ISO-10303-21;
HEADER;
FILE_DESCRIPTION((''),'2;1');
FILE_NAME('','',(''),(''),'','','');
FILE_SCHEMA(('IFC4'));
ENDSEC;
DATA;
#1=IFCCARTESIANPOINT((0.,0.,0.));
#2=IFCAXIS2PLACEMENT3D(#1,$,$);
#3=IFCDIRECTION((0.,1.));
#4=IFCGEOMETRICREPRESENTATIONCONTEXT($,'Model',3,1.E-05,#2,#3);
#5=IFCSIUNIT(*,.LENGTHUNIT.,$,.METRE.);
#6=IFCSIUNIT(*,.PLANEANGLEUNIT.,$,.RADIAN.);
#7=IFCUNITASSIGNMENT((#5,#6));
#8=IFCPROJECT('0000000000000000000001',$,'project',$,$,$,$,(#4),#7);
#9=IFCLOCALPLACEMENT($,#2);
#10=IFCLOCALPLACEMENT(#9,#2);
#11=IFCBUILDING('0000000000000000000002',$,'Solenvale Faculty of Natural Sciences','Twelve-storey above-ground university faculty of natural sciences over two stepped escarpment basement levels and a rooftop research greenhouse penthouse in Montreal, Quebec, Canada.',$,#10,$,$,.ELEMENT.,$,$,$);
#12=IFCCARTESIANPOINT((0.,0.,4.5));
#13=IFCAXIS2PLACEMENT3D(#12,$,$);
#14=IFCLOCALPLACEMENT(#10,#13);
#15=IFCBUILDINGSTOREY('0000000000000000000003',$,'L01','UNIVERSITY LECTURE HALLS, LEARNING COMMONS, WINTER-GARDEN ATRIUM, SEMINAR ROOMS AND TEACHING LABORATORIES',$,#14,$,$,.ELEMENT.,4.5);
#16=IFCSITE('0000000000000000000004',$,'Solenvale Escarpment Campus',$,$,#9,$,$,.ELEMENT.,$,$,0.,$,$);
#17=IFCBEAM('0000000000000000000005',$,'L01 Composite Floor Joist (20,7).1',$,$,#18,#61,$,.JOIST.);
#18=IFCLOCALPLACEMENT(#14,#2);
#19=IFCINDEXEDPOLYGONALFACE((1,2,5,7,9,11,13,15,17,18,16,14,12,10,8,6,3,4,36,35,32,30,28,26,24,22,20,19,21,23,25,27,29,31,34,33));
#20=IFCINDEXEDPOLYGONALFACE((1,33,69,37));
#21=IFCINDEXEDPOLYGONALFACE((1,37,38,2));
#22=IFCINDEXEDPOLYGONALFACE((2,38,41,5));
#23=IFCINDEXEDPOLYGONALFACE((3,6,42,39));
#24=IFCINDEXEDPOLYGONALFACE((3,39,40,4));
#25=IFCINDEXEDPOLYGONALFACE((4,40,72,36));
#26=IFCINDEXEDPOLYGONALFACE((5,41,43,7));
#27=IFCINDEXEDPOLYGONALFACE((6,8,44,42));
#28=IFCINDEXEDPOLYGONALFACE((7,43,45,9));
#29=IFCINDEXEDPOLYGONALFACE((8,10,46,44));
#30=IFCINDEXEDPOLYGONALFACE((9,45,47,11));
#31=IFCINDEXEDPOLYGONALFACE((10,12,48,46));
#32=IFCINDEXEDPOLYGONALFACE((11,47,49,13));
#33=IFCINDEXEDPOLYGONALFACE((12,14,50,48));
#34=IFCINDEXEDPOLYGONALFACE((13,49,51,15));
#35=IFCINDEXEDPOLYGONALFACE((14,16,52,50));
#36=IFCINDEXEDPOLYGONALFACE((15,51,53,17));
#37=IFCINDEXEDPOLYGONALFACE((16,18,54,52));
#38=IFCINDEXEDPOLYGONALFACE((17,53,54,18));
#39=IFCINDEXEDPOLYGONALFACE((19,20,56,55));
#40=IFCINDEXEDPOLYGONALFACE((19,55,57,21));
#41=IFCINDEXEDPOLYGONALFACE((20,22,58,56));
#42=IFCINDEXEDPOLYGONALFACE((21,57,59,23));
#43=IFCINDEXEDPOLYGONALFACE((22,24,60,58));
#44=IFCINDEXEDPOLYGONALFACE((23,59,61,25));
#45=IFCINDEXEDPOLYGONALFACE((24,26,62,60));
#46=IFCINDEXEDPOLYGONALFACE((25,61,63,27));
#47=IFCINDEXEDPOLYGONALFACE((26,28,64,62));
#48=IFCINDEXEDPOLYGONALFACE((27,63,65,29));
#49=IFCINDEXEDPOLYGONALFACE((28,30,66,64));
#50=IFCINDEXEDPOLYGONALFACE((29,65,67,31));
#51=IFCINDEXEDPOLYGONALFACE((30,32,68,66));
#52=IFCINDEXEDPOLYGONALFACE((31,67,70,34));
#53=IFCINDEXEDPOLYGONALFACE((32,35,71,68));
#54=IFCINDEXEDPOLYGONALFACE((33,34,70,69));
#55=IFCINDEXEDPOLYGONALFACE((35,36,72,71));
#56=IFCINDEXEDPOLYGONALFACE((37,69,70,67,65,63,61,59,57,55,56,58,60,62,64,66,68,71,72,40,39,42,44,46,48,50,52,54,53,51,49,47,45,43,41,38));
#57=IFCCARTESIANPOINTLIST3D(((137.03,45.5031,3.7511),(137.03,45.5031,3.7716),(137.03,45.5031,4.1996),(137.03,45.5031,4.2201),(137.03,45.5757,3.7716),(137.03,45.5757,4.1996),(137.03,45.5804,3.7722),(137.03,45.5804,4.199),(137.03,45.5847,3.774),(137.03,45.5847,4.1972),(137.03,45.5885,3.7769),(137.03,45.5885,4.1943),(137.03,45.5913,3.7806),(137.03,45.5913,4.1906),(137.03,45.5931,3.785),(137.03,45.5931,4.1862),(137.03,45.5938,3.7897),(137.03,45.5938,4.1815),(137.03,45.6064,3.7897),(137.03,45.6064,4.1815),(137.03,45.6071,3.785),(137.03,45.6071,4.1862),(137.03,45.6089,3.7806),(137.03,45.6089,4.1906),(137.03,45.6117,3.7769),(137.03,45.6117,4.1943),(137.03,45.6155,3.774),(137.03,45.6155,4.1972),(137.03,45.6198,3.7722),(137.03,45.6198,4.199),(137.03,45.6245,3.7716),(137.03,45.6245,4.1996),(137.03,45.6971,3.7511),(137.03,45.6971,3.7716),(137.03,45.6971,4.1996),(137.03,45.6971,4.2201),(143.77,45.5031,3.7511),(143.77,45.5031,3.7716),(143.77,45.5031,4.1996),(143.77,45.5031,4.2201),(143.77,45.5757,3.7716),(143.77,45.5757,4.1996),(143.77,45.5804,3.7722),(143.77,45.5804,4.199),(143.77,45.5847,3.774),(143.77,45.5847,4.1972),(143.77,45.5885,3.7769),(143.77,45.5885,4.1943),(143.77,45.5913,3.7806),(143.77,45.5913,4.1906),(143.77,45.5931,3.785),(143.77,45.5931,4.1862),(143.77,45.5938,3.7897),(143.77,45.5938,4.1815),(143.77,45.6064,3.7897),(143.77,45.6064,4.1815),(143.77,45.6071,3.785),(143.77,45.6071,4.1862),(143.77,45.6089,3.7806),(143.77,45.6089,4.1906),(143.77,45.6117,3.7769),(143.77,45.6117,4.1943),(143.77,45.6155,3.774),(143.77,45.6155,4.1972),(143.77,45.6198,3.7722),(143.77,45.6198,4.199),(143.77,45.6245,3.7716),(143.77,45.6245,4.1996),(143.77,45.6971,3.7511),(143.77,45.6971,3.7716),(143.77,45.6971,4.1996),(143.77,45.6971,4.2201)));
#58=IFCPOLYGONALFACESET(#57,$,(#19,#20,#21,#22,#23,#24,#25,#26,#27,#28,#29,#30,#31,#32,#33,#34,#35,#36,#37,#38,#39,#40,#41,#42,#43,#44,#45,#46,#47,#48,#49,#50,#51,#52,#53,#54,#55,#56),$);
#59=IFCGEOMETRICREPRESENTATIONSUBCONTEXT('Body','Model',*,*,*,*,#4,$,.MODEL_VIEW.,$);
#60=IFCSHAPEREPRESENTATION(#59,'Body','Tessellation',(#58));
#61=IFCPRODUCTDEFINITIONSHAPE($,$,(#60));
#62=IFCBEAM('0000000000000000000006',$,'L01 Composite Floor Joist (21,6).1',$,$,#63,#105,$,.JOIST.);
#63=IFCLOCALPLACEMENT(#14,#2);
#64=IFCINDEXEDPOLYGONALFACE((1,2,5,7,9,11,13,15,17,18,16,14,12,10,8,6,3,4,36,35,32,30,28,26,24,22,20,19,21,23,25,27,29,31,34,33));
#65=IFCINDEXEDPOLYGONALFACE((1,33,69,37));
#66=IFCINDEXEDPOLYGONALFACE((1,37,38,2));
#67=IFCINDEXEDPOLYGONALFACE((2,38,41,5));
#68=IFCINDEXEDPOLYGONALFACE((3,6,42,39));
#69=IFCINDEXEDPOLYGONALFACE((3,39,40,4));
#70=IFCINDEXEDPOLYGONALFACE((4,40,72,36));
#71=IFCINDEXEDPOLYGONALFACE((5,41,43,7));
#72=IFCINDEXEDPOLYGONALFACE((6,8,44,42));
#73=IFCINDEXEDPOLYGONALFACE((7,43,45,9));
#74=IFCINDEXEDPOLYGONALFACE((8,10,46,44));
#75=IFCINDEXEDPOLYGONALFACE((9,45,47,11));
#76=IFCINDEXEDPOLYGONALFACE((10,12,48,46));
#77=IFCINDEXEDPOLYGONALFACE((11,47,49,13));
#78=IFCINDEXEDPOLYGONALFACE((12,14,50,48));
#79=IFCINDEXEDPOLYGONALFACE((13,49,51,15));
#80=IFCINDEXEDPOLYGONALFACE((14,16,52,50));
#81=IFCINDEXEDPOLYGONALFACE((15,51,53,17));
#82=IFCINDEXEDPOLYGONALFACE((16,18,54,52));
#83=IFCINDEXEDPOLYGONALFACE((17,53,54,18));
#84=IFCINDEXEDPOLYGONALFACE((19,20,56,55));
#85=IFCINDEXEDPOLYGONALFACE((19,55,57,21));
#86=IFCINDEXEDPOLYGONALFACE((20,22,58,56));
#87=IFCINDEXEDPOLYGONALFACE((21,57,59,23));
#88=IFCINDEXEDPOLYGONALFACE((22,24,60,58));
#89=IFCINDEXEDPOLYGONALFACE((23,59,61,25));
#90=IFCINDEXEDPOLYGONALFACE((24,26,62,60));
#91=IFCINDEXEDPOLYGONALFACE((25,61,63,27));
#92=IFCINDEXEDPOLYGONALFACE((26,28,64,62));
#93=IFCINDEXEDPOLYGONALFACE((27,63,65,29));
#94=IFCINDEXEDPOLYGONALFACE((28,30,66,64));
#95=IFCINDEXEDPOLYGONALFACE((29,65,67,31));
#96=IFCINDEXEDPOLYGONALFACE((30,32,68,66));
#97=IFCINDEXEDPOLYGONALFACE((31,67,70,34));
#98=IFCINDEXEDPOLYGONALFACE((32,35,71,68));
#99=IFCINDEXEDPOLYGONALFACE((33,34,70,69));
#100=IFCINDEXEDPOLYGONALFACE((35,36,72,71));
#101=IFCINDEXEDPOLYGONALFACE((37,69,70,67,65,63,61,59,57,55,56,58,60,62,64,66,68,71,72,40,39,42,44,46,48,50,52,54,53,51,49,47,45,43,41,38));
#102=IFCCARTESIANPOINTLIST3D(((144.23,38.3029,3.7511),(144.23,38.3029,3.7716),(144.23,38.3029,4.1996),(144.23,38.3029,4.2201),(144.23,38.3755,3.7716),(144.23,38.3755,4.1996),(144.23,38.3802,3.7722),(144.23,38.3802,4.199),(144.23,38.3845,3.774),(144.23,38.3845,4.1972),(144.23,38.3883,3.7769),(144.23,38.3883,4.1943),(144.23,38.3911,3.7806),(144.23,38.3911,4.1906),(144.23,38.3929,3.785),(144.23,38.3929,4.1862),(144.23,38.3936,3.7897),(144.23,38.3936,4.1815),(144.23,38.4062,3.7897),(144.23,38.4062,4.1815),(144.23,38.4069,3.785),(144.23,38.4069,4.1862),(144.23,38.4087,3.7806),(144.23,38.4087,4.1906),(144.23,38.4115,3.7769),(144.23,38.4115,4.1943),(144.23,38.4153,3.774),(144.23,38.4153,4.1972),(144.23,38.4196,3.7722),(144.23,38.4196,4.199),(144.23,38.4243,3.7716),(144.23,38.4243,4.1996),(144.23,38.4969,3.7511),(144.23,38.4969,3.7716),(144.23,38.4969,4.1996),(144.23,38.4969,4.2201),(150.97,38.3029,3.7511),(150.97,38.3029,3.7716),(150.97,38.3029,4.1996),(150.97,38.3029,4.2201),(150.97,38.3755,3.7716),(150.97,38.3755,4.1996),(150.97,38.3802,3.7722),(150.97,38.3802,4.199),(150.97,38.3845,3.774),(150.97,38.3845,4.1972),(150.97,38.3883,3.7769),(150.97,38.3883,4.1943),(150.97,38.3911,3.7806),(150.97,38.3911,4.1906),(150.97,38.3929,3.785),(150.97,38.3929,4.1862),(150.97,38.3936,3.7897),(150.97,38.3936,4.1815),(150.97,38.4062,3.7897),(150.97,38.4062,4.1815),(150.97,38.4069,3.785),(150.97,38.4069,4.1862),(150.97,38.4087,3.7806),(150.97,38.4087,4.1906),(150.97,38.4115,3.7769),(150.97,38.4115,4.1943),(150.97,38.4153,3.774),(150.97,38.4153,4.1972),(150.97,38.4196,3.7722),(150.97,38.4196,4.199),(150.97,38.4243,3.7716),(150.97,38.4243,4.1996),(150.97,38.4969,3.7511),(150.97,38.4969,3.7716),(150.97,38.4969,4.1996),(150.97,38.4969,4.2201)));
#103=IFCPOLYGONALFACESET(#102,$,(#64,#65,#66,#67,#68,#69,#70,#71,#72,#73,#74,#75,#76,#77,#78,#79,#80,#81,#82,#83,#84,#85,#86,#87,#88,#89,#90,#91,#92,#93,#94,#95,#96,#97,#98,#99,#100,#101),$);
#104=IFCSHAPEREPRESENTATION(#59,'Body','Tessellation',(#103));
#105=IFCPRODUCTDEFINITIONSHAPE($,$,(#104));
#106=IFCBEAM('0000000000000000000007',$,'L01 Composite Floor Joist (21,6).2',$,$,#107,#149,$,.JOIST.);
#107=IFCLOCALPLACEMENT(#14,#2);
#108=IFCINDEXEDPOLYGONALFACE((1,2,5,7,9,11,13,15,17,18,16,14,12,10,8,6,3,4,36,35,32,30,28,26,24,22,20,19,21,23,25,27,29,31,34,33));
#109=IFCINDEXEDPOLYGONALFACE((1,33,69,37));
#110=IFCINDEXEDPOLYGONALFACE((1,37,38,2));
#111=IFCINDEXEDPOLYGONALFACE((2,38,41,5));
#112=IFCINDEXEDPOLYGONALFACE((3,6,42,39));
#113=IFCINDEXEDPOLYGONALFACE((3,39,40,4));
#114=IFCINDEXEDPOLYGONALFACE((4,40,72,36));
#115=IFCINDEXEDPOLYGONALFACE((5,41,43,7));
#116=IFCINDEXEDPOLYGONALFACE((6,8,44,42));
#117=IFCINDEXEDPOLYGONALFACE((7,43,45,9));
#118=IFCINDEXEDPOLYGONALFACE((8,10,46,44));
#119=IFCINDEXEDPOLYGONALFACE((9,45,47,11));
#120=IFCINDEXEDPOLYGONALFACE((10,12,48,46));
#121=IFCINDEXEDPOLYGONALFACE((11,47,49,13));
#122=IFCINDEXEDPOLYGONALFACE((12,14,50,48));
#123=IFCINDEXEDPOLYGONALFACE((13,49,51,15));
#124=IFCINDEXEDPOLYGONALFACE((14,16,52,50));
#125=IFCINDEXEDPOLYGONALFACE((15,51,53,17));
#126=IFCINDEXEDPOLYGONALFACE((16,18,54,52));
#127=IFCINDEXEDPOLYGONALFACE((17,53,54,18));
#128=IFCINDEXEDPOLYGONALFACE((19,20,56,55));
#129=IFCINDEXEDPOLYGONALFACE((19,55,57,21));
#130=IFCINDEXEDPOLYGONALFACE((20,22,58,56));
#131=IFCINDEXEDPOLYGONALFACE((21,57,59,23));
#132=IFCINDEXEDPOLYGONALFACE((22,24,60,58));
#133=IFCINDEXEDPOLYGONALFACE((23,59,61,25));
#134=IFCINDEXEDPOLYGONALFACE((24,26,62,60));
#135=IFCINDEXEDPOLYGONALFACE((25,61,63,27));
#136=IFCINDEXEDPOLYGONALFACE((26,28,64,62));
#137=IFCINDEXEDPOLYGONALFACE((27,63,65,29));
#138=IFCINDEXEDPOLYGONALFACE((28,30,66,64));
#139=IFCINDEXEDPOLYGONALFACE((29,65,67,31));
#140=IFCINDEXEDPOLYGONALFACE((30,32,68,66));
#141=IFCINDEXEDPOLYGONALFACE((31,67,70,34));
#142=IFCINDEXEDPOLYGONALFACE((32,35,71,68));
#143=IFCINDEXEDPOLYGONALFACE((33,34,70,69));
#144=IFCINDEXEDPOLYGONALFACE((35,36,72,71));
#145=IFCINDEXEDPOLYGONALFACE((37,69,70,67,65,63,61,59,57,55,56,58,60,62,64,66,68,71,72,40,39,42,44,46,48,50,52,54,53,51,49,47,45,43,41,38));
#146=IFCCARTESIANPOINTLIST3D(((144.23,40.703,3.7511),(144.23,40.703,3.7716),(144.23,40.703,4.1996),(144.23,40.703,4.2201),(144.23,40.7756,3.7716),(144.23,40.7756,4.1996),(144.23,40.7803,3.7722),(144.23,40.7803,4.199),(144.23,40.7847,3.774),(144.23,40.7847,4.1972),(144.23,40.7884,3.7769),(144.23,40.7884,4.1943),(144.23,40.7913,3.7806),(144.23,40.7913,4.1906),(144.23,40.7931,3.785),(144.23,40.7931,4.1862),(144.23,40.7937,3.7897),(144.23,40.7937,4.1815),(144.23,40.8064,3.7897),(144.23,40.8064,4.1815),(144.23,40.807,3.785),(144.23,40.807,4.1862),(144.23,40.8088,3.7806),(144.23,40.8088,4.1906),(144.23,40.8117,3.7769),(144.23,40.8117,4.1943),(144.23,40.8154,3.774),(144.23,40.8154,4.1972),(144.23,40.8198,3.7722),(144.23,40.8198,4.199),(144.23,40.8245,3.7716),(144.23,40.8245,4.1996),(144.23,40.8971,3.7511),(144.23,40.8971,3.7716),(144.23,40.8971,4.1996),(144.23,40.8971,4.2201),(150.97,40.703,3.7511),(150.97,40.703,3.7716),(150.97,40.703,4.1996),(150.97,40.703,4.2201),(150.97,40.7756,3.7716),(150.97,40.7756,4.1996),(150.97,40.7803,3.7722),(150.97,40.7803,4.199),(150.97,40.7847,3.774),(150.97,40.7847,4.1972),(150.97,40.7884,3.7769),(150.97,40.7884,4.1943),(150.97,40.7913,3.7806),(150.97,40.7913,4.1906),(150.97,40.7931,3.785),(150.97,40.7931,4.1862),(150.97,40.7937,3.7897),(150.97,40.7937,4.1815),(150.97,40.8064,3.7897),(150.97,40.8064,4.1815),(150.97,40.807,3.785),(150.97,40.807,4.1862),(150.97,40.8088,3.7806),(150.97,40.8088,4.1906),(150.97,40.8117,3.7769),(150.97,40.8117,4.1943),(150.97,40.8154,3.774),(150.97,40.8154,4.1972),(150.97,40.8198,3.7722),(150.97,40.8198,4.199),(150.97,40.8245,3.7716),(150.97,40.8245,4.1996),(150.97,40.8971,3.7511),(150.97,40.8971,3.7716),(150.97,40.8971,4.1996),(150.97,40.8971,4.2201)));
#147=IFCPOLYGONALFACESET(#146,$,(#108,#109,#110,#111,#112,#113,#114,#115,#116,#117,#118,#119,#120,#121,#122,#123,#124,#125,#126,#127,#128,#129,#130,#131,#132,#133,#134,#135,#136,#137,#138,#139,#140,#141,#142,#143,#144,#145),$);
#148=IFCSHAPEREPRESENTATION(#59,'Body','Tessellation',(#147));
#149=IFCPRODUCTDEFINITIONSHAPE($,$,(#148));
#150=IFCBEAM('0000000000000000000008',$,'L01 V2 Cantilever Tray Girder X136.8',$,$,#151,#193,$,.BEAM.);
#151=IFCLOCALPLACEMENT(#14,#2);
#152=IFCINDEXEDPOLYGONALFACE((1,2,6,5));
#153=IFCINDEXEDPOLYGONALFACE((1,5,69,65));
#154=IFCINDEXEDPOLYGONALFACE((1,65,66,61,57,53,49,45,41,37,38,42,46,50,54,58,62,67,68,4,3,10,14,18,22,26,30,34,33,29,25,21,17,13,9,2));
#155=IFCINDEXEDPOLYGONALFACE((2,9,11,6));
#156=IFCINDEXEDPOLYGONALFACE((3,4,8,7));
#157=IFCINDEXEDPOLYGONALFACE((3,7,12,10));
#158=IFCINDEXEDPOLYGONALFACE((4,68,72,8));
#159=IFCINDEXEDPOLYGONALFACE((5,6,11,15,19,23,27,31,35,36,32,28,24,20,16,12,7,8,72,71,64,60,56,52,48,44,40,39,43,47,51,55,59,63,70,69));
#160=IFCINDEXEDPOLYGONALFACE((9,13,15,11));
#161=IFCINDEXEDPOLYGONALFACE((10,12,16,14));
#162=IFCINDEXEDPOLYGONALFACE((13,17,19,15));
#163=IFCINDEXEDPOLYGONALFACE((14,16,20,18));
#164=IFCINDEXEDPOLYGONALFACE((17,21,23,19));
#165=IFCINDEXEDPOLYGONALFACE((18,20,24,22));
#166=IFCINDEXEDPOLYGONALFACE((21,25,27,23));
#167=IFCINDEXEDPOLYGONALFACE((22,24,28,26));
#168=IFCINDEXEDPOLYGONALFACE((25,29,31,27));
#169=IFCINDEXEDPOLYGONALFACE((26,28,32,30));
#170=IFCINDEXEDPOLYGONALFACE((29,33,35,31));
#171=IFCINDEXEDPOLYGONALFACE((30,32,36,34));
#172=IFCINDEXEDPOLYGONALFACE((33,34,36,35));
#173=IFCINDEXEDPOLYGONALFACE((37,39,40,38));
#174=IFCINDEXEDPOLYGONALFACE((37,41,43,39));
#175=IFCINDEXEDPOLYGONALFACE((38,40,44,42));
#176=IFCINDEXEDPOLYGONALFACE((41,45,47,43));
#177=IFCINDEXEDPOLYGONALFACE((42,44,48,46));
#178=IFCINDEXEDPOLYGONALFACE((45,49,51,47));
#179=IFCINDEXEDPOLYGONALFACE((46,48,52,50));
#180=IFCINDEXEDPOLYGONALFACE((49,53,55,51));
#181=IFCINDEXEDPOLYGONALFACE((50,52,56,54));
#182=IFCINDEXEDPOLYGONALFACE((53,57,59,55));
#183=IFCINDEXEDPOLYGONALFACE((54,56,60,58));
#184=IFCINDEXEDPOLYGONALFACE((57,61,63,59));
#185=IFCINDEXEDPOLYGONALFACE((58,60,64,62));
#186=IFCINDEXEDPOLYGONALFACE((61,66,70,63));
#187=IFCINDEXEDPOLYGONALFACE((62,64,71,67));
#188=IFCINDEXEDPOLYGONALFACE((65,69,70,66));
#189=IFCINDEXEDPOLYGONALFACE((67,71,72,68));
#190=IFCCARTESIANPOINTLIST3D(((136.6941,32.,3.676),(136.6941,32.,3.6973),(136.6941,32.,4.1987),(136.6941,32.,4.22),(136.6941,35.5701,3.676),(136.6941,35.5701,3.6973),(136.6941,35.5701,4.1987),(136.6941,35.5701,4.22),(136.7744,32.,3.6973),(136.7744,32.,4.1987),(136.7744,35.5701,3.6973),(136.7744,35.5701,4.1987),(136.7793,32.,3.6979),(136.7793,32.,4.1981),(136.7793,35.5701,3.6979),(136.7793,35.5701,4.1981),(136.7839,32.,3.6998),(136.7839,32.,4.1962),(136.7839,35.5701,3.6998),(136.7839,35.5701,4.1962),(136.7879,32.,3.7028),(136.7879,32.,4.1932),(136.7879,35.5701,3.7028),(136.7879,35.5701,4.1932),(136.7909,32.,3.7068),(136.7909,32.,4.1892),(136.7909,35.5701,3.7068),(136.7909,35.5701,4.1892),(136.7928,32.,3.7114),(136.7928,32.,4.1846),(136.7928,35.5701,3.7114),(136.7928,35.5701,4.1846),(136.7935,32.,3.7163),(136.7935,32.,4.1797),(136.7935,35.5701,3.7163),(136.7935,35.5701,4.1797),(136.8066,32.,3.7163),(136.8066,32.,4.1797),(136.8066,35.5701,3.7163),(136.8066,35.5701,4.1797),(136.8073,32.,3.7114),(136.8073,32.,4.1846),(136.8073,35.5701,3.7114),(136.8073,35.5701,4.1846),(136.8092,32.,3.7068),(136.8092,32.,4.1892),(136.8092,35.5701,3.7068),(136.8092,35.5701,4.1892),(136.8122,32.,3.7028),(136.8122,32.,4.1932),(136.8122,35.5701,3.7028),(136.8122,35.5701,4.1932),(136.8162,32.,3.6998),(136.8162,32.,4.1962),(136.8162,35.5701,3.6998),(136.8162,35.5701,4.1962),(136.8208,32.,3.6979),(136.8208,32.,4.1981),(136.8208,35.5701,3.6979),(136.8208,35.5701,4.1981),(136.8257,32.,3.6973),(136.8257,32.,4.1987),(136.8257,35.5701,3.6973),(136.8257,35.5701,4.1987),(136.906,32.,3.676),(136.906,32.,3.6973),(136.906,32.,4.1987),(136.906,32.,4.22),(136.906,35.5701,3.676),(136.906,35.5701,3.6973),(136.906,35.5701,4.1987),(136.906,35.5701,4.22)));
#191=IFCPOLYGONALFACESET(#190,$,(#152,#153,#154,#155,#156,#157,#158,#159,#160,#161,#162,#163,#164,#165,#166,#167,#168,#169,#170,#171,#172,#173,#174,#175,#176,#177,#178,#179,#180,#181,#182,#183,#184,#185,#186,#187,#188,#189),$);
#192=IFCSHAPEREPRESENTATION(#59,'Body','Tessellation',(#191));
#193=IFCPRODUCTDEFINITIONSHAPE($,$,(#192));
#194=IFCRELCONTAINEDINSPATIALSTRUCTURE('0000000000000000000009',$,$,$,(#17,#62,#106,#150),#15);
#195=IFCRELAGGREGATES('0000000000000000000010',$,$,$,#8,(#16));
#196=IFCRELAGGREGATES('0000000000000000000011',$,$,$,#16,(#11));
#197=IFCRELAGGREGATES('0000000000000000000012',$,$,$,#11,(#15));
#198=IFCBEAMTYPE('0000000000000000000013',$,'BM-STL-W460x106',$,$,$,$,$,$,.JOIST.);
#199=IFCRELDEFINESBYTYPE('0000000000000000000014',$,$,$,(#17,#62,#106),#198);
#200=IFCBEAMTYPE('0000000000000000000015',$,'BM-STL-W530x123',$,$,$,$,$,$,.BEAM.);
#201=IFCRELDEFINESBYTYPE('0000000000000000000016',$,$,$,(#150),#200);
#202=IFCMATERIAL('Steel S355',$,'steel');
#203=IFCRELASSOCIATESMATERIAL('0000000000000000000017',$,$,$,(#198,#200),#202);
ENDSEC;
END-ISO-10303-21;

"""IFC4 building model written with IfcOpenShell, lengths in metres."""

from ifc_helpers import new_model, si_unit, direction, frame, origin, origin_2d, place, context, subcontext, project, spatial, i_section, extrude, material, material_profile, profile_set, type_object, element, save


model = new_model("IFC4")

# Units and contexts
model_context = context("Model", 3, precision=1e-05, world=origin(), true_north=direction((0.0, 1.0)))
body_context = subcontext(model_context, "Body", "Model", "MODEL_VIEW")
ifc_project = project(units=[si_unit("LENGTHUNIT", "METRE"), si_unit("PLANEANGLEUNIT", "RADIAN")], contexts=[model_context])

# Site, building, storey
site_placement = place(None, origin())
site = spatial("IfcSite", under=ifc_project, at=site_placement, Name="Solenvale Escarpment Campus", CompositionType="ELEMENT", RefElevation=0.0)
building_placement = place(site_placement, origin())
building = spatial("IfcBuilding", under=site, at=building_placement, Name="Solenvale Faculty of Natural Sciences", Description="Twelve-storey above-ground university faculty of natural sciences over two stepped escarpment basement levels and a rooftop research greenhouse penthouse in Montreal, Quebec, Canada.", CompositionType="ELEMENT")
storey_placement = place(building_placement, frame((0.0, 0.0, 4.5)))
storey = spatial("IfcBuildingStorey", under=building, at=storey_placement, Name="L01", Description="UNIVERSITY LECTURE HALLS, LEARNING COMMONS, WINTER-GARDEN ATRIUM, SEMINAR ROOMS AND TEACHING LABORATORIES", CompositionType="ELEMENT", Elevation=4.5)

# Beams
ifc_material_1 = material(Name="Steel S355", Category="steel")
ifc_material_profile_1 = material_profile(ifc_material_1, i_section(OverallWidth=0.1941, OverallDepth=0.469, WebThickness=0.0127, FlangeThickness=0.0205, FilletRadius=0.0181, at=origin_2d()), Name="W460x106")
ifc_profile_set_1 = profile_set([ifc_material_profile_1], Name="Steel S355")
beam_type_1 = type_object("IfcBeamType", Name="BM-STL-W460x106", PredefinedType="JOIST", material=ifc_profile_set_1)
for number, where, z_axis, x_axis, name in (
    (1, (137.03, 45.6001, 3.9856), (1.0, 0.0, 0.0), (0.0, 1.0, 0.0), "L01 Composite Floor Joist (20,7).1"),
    (2, (144.23, 38.3999, 3.9856), (1.0, 0.0, 0.0), (0.0, 1.0, 0.0), "L01 Composite Floor Joist (21,6).1"),
    (3, (144.23, 40.8, 3.9856), (1.0, 0.0, 0.0), (0.0, 1.0, 0.0), "L01 Composite Floor Joist (21,6).2"),
):
    element("IfcBeam", number, at=place(storey_placement, frame(where, z_axis=z_axis, x_axis=x_axis)), inside=storey, type_object=beam_type_1, Name=name, PredefinedType="JOIST", context=body_context, shape_type="SweptSolid", body=[
        extrude(i_section(OverallWidth=0.1941, OverallDepth=0.469, WebThickness=0.0127, FlangeThickness=0.0205, FilletRadius=0.0181, at=origin_2d()), origin(), (0.0, 0.0, 1.0), 6.74),
    ])
ifc_material_profile_2 = material_profile(ifc_material_1, i_section(OverallWidth=0.2119, OverallDepth=0.5439, WebThickness=0.0132, FlangeThickness=0.0212, FilletRadius=0.019, at=origin_2d()), Name="W530x123")
ifc_profile_set_2 = profile_set([ifc_material_profile_2], Name="Steel S355")
beam_type_2 = type_object("IfcBeamType", Name="BM-STL-W530x123", PredefinedType="BEAM", material=ifc_profile_set_2)
for number, where, z_axis, x_axis, name in (
    (4, (136.8, 35.5701, 3.948), (0.0, -1.0, 0.0), (1.0, 0.0, 0.0), "L01 V2 Cantilever Tray Girder X136.8"),
):
    element("IfcBeam", number, at=place(storey_placement, frame(where, z_axis=z_axis, x_axis=x_axis)), inside=storey, type_object=beam_type_2, Name=name, PredefinedType="BEAM", context=body_context, shape_type="SweptSolid", body=[
        extrude(i_section(OverallWidth=0.2119, OverallDepth=0.5439, WebThickness=0.0132, FlangeThickness=0.0212, FilletRadius=0.019, at=origin_2d()), origin(), (0.0, 0.0, 1.0), 3.5701),
    ])

save(model, "model.ifc")
